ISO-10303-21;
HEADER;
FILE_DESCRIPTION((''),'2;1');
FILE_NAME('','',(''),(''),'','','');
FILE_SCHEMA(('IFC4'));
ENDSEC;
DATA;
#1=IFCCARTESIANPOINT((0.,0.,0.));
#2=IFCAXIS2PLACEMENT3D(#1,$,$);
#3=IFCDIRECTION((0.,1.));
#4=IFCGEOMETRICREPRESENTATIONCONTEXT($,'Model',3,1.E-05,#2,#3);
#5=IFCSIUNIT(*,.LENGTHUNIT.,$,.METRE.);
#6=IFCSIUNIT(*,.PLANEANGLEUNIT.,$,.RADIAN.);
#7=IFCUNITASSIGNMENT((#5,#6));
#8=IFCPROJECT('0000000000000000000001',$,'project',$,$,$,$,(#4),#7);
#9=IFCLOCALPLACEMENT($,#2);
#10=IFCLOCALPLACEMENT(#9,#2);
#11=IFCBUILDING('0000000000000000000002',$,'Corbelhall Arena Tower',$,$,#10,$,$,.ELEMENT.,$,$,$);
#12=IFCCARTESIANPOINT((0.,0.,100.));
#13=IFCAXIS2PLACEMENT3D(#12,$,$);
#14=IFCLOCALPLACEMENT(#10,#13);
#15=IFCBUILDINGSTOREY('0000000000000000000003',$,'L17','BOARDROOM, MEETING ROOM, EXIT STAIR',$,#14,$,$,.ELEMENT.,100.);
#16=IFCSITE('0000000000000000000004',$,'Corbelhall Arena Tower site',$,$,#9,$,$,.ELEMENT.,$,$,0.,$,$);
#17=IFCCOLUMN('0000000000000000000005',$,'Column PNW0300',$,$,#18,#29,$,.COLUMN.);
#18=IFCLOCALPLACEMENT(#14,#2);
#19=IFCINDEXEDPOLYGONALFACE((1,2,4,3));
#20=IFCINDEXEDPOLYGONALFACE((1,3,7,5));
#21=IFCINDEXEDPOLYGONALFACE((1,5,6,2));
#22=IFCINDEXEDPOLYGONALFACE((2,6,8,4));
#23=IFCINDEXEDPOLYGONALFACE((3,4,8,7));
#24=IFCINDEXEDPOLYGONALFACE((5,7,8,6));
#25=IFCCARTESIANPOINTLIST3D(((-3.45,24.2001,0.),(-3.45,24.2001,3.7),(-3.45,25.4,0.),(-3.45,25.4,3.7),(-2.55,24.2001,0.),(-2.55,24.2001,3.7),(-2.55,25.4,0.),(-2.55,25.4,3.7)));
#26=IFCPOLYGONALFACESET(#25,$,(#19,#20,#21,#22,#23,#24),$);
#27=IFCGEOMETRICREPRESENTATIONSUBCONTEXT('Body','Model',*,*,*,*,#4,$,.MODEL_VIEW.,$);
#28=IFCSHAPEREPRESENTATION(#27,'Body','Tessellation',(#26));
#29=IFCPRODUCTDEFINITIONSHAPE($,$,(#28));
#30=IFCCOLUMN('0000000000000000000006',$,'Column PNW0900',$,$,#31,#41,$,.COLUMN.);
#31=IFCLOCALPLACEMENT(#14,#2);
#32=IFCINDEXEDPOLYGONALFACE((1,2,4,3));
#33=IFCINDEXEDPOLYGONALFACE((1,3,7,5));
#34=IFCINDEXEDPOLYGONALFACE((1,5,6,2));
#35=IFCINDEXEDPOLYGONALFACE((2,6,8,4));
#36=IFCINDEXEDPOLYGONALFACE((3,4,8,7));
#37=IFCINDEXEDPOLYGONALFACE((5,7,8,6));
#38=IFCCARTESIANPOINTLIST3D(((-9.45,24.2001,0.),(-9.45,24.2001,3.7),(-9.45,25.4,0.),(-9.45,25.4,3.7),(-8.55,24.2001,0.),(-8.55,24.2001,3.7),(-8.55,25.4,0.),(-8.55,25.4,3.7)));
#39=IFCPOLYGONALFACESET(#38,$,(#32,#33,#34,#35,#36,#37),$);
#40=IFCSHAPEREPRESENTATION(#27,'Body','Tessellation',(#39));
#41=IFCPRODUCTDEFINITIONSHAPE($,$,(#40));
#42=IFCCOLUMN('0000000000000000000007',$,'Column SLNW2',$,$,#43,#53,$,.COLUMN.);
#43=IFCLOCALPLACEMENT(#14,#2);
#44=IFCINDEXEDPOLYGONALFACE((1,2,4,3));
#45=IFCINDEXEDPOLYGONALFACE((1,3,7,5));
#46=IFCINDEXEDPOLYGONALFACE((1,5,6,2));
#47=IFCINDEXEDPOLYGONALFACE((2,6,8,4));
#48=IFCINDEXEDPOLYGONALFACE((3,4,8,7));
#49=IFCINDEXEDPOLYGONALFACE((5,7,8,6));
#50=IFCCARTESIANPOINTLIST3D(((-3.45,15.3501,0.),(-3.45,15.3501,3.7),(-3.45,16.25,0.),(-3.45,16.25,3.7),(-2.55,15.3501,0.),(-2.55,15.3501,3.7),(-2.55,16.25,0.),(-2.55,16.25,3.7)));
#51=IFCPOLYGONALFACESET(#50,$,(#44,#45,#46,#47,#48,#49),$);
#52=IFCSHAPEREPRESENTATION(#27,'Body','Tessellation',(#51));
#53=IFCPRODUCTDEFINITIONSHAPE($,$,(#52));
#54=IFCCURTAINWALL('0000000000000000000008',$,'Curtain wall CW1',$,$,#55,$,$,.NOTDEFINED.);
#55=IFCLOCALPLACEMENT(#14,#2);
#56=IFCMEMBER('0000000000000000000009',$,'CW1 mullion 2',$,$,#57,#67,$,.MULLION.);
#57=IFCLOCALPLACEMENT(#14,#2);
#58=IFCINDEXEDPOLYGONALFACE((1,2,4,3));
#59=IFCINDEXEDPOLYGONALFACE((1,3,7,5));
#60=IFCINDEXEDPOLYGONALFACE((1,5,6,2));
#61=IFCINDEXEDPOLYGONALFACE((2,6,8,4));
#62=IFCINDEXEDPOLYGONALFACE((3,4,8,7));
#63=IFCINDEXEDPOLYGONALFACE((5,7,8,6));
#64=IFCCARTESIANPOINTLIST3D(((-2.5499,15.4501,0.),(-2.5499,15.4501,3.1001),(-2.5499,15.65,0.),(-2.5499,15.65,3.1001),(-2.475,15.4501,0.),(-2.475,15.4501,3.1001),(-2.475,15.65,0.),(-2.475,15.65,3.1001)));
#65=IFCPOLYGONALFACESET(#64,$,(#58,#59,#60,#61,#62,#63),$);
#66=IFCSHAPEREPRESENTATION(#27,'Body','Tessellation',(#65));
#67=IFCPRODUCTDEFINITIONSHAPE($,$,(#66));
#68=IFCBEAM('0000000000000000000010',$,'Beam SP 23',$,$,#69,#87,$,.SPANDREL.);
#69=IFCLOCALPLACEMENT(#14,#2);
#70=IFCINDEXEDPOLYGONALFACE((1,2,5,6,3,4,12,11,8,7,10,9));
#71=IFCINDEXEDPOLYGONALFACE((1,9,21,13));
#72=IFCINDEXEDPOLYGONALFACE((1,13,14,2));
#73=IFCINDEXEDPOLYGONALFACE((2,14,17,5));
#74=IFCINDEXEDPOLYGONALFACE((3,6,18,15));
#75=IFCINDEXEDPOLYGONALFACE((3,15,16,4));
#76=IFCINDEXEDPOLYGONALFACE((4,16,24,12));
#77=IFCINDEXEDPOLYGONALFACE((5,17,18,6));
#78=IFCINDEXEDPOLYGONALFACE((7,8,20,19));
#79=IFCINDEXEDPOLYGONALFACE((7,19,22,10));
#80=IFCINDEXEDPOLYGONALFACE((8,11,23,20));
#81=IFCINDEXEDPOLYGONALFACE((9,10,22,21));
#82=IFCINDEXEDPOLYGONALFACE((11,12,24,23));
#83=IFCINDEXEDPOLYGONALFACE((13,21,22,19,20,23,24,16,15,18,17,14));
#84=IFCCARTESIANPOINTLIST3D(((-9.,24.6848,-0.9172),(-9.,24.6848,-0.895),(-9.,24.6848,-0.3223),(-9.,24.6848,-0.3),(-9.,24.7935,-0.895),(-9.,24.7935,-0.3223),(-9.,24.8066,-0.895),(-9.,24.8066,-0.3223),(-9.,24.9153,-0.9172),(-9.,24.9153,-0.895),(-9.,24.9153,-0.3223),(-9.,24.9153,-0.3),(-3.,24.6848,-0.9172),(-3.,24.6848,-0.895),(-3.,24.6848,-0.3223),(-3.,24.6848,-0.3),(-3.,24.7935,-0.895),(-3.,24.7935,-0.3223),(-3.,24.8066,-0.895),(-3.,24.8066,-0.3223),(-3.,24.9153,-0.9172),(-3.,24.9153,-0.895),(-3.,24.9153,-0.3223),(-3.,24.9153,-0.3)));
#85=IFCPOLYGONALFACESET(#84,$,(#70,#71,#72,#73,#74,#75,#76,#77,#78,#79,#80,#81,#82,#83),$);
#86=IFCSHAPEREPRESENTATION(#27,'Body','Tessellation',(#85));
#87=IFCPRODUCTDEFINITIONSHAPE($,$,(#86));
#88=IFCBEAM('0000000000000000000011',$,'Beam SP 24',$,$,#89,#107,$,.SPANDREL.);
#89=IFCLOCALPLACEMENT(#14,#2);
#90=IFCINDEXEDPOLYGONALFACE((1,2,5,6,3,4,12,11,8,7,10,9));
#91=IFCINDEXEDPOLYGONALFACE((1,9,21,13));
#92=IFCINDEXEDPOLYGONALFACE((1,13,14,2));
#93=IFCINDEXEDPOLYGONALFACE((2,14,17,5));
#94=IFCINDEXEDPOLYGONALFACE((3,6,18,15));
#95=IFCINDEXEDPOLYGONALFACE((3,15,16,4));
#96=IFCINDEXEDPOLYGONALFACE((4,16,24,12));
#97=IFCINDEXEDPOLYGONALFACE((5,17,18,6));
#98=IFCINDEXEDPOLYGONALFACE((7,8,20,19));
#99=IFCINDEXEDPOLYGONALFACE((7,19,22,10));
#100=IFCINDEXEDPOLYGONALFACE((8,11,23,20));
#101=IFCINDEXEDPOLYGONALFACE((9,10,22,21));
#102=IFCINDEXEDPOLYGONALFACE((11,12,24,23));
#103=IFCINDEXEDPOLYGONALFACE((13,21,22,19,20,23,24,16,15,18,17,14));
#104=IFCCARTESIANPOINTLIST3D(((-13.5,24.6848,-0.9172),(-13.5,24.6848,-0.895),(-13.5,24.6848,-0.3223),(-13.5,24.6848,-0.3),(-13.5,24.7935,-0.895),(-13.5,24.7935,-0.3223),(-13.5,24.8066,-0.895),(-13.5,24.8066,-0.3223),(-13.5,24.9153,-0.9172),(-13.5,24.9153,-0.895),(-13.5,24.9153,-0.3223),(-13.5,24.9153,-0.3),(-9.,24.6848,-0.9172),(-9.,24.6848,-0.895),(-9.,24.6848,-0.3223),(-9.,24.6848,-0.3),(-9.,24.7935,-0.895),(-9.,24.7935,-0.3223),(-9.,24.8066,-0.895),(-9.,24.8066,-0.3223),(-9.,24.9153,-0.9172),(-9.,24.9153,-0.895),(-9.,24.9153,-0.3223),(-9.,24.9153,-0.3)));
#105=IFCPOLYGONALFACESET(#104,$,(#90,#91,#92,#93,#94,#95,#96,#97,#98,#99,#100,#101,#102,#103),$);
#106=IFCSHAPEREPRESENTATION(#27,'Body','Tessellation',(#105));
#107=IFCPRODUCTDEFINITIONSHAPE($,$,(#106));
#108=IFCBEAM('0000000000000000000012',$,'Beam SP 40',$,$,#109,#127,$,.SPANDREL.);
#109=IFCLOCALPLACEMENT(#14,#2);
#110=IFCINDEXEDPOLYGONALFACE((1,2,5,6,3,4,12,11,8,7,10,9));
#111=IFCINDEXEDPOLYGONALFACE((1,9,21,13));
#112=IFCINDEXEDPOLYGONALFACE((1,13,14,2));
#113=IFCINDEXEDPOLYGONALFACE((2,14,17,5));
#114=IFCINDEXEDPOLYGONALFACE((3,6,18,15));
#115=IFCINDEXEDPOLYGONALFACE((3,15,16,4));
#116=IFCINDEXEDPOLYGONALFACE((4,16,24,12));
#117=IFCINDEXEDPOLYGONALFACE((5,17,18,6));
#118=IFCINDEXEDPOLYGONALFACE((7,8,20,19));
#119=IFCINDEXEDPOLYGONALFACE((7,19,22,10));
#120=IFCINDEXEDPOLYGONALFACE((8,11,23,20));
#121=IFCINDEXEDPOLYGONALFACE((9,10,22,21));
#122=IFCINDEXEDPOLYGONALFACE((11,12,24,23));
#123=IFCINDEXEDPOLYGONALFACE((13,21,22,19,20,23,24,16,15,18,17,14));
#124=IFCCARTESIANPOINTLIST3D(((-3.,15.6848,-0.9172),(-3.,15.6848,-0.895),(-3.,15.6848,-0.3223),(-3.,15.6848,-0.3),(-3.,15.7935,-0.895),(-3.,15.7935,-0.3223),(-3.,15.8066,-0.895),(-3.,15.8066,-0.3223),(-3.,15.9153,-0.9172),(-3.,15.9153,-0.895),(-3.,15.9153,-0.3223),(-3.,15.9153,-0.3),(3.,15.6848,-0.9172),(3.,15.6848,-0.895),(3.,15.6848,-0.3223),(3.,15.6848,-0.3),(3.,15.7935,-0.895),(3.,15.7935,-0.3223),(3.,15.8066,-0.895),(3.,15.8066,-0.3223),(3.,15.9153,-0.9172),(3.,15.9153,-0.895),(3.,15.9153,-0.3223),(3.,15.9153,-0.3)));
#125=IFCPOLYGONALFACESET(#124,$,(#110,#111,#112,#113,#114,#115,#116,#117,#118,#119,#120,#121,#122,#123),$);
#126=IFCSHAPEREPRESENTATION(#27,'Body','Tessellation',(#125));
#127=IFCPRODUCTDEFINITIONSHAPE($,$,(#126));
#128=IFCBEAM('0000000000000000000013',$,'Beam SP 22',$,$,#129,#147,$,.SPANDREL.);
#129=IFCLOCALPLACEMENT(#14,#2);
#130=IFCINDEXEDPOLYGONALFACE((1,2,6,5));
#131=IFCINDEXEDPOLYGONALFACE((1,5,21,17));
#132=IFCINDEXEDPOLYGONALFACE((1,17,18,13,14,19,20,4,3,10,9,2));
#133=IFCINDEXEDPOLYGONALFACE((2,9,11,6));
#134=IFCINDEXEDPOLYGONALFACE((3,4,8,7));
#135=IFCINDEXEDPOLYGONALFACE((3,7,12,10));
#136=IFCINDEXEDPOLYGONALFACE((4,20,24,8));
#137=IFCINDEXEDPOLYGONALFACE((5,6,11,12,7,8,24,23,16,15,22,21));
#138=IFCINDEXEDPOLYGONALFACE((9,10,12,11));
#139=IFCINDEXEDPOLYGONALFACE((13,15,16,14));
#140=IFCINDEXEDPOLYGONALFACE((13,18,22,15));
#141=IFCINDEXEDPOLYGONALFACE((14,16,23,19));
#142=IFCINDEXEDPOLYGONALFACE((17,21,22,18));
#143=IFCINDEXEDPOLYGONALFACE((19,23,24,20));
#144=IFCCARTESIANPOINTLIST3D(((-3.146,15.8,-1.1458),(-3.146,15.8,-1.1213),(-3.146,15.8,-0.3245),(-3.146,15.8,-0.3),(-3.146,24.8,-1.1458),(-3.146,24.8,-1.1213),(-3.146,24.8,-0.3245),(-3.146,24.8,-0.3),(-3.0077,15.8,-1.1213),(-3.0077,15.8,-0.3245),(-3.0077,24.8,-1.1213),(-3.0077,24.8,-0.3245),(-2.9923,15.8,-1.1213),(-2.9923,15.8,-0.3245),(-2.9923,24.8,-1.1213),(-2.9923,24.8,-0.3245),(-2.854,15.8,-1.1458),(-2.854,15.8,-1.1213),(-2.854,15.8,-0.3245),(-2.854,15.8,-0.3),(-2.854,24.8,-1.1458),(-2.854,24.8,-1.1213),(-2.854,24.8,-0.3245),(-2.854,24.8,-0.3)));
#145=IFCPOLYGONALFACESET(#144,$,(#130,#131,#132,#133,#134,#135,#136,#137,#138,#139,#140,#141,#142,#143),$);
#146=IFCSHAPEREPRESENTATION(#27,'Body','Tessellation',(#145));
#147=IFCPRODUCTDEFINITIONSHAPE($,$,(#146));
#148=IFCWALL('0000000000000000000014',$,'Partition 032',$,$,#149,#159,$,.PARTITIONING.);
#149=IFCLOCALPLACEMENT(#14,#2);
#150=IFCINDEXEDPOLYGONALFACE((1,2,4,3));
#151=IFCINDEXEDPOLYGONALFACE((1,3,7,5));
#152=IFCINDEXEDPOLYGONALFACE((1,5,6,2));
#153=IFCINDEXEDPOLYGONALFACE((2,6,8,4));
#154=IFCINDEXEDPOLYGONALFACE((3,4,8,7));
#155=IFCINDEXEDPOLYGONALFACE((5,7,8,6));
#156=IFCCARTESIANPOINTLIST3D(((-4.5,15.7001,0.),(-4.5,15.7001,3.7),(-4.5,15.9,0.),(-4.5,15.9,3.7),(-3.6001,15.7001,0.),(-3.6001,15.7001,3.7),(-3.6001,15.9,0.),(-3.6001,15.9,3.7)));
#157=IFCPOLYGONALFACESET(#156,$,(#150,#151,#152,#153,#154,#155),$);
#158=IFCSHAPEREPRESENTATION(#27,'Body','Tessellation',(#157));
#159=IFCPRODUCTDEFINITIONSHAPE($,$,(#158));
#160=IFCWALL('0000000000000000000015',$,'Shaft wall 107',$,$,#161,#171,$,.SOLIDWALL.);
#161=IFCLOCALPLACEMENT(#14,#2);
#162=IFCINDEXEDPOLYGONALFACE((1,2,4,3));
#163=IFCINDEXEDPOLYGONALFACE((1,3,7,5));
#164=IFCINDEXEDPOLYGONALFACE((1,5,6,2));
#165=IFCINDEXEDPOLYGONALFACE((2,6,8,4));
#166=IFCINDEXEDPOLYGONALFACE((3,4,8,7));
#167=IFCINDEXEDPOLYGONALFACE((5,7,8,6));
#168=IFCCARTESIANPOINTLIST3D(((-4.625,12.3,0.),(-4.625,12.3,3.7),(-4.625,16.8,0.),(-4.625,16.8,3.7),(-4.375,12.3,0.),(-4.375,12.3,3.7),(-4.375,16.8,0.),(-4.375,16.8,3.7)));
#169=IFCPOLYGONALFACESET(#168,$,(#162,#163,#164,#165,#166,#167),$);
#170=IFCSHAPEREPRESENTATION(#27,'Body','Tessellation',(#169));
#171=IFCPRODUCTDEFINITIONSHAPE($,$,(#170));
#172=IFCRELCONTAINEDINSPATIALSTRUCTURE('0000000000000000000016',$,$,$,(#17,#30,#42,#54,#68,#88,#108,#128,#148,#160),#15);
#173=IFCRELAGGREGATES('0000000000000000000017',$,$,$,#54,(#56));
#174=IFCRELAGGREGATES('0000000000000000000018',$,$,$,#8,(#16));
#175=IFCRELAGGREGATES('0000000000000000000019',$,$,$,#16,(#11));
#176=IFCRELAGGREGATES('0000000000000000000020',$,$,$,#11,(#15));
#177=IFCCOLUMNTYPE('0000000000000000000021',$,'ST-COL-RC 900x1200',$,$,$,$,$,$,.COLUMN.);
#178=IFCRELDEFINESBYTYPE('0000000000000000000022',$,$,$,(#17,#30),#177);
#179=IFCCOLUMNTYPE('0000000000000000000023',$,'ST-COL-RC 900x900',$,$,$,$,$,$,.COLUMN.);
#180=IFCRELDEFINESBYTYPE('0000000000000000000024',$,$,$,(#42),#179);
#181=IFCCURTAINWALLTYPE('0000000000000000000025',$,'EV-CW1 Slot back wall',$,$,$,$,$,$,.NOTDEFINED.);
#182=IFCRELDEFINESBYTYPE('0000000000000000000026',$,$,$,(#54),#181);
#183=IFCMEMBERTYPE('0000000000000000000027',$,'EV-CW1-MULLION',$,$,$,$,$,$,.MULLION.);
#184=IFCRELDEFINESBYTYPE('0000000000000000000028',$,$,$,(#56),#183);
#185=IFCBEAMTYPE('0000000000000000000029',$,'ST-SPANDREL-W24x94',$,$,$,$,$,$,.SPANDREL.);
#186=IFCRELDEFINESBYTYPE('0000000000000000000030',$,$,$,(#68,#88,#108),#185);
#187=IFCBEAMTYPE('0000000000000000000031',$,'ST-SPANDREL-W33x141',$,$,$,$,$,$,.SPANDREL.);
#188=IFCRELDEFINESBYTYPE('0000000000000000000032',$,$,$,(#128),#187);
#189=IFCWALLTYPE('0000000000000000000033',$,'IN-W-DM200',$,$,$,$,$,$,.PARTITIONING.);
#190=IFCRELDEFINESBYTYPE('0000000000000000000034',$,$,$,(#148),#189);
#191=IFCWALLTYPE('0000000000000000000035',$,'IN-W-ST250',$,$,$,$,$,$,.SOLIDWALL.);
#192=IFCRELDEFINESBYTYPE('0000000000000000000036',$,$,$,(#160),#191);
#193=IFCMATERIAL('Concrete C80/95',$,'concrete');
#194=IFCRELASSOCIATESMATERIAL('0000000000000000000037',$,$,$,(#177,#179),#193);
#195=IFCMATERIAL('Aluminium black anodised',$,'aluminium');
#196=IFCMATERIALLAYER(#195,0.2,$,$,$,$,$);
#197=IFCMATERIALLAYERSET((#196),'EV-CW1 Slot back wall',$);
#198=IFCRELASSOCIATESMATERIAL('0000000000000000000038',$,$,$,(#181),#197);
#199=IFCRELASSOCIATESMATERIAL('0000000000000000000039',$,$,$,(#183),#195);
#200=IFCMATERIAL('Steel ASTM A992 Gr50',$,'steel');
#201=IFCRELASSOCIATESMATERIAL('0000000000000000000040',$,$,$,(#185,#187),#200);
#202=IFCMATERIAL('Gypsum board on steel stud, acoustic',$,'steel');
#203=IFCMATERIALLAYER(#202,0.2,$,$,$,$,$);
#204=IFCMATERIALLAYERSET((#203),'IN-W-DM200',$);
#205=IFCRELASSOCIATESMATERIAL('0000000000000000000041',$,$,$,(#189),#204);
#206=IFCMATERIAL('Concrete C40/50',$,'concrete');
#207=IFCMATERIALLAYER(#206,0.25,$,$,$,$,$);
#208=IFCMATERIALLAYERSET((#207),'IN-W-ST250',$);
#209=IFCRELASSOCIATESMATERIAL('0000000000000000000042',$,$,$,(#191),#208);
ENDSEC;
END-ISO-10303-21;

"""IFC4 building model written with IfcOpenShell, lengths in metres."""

from ifc_helpers import new_model, si_unit, direction, frame, frame_2d, origin, origin_2d, place, context, subcontext, project, spatial, rectangle, i_section, extrude, material, layer, layer_set, material_profile, profile_set, type_object, element, aggregate, save


model = new_model("IFC4")

# Units and contexts
model_context = context("Model", 3, precision=1e-05, world=origin(), true_north=direction((0.0, 1.0)))
body_context = subcontext(model_context, "Body", "Model", "MODEL_VIEW")
ifc_project = project(units=[si_unit("LENGTHUNIT", "METRE"), si_unit("PLANEANGLEUNIT", "RADIAN")], contexts=[model_context])

# Site, building, storey
site_placement = place(None, origin())
site = spatial("IfcSite", under=ifc_project, at=site_placement, Name="Corbelhall Arena Tower site", CompositionType="ELEMENT", RefElevation=0.0)
building_placement = place(site_placement, origin())
building = spatial("IfcBuilding", under=site, at=building_placement, Name="Corbelhall Arena Tower", CompositionType="ELEMENT")
storey_placement = place(building_placement, frame((0.0, 0.0, 100.0)))
storey = spatial("IfcBuildingStorey", under=building, at=storey_placement, Name="L17", Description="BOARDROOM, MEETING ROOM, EXIT STAIR", CompositionType="ELEMENT", Elevation=100.0)

# Columns
ifc_material_1 = material(Name="Concrete C80/95", Category="concrete")
ifc_material_profile_1 = material_profile(ifc_material_1, rectangle(XDim=0.8999, YDim=1.2, at=origin_2d()))
ifc_profile_set_1 = profile_set([ifc_material_profile_1], Name="Concrete C80/95")
column_type_1 = type_object("IfcColumnType", Name="ST-COL-RC 900x1200", PredefinedType="COLUMN", material=ifc_profile_set_1)
for number, where, z_axis, x_axis, name in (
    (1, (-3.0, 24.8, 0.0), (0.0, 0.0, 1.0), (1.0, 0.0, 0.0), "Column PNW0300"),
    (2, (-9.0, 24.8, 0.0), (0.0, 0.0, 1.0), (1.0, 0.0, 0.0), "Column PNW0900"),
):
    element("IfcColumn", number, at=place(storey_placement, frame(where, z_axis=z_axis, x_axis=x_axis)), inside=storey, type_object=column_type_1, Name=name, PredefinedType="COLUMN", context=body_context, shape_type="SweptSolid", body=[
        extrude(rectangle(XDim=0.8999, YDim=1.2, at=origin_2d()), origin(), (0.0, 0.0, 1.0), 3.7),
    ])
ifc_material_profile_2 = material_profile(ifc_material_1, rectangle(XDim=0.8999, YDim=0.8999, at=origin_2d()))
ifc_profile_set_2 = profile_set([ifc_material_profile_2], Name="Concrete C80/95")
column_type_2 = type_object("IfcColumnType", Name="ST-COL-RC 900x900", PredefinedType="COLUMN", material=ifc_profile_set_2)
column_placement = place(storey_placement, frame((-3.0, 15.8, 0.0), z_axis=(0.0, 0.0, 1.0), x_axis=(1.0, 0.0, 0.0)))
element("IfcColumn", 3, at=column_placement, inside=storey, type_object=column_type_2, Name="Column SLNW2", PredefinedType="COLUMN", context=body_context, shape_type="SweptSolid", body=[
    extrude(rectangle(XDim=0.8999, YDim=0.8999, at=origin_2d()), origin(), (0.0, 0.0, 1.0), 3.7),
])

# Curtain wall, member
ifc_material_2 = material(Name="Aluminium black anodised", Category="aluminium")
ifc_layer_1 = layer(ifc_material_2, 0.2)
ifc_layer_set_1 = layer_set([ifc_layer_1], Name="EV-CW1 Slot back wall")
curtain_wall_type = type_object("IfcCurtainWallType", Name="EV-CW1 Slot back wall", PredefinedType="NOTDEFINED", material=ifc_layer_set_1)
curtain_wall_placement = place(storey_placement, origin())
curtain_wall = element("IfcCurtainWall", 4, at=curtain_wall_placement, inside=storey, type_object=curtain_wall_type, Name="Curtain wall CW1", PredefinedType="NOTDEFINED")
ifc_material_profile_3 = material_profile(ifc_material_2, rectangle(XDim=0.2, YDim=0.075, at=origin_2d()))
ifc_profile_set_3 = profile_set([ifc_material_profile_3], Name="Aluminium black anodised")
member_type = type_object("IfcMemberType", Name="EV-CW1-MULLION", PredefinedType="MULLION", material=ifc_profile_set_3)
member_placement = place(storey_placement, frame((-2.5125, 15.55, 0.0), z_axis=(0.0, 0.0, 1.0), x_axis=(0.0, -1.0, 0.0)))
member = element("IfcMember", 5, at=member_placement, type_object=member_type, Name="CW1 mullion 2", PredefinedType="MULLION", context=body_context, shape_type="SweptSolid", body=[
    extrude(rectangle(XDim=0.2, YDim=0.075, at=origin_2d()), origin(), (0.0, 0.0, 1.0), 3.1001),
])
aggregate(curtain_wall, [member])

# Beams
ifc_material_3 = material(Name="Steel ASTM A992 Gr50", Category="steel")
ifc_material_profile_4 = material_profile(ifc_material_3, i_section(OverallWidth=0.2305, OverallDepth=0.6172, WebThickness=0.0132, FlangeThickness=0.0222, at=origin_2d()))
ifc_profile_set_4 = profile_set([ifc_material_profile_4], Name="Steel ASTM A992 Gr50")
beam_type_1 = type_object("IfcBeamType", Name="ST-SPANDREL-W24x94", PredefinedType="SPANDREL", material=ifc_profile_set_4)
beam_1_placement = place(storey_placement, frame((-9.0, 24.8, -0.6086), z_axis=(1.0, 0.0, 0.0), x_axis=(0.0, 1.0, 0.0)))
element("IfcBeam", 6, at=beam_1_placement, inside=storey, type_object=beam_type_1, Name="Beam SP 23", PredefinedType="SPANDREL", context=body_context, shape_type="SweptSolid", body=[
    extrude(i_section(OverallWidth=0.2305, OverallDepth=0.6172, WebThickness=0.0132, FlangeThickness=0.0222, at=origin_2d()), origin(), (0.0, 0.0, 1.0), 6.0),
])
beam_2_placement = place(storey_placement, frame((-13.5, 24.8, -0.6086), z_axis=(1.0, 0.0, 0.0), x_axis=(0.0, 1.0, 0.0)))
element("IfcBeam", 7, at=beam_2_placement, inside=storey, type_object=beam_type_1, Name="Beam SP 24", PredefinedType="SPANDREL", context=body_context, shape_type="SweptSolid", body=[
    extrude(i_section(OverallWidth=0.2305, OverallDepth=0.6172, WebThickness=0.0132, FlangeThickness=0.0222, at=origin_2d()), origin(), (0.0, 0.0, 1.0), 4.5),
])
beam_3_placement = place(storey_placement, frame((-3.0, 15.8, -0.6086), z_axis=(1.0, 0.0, 0.0), x_axis=(0.0, 1.0, 0.0)))
element("IfcBeam", 8, at=beam_3_placement, inside=storey, type_object=beam_type_1, Name="Beam SP 40", PredefinedType="SPANDREL", context=body_context, shape_type="SweptSolid", body=[
    extrude(i_section(OverallWidth=0.2305, OverallDepth=0.6172, WebThickness=0.0132, FlangeThickness=0.0222, at=origin_2d()), origin(), (0.0, 0.0, 1.0), 6.0),
])
ifc_material_profile_5 = material_profile(ifc_material_3, i_section(OverallWidth=0.292, OverallDepth=0.8457, WebThickness=0.0154, FlangeThickness=0.0244, at=origin_2d()))
ifc_profile_set_5 = profile_set([ifc_material_profile_5], Name="Steel ASTM A992 Gr50")
beam_type_2 = type_object("IfcBeamType", Name="ST-SPANDREL-W33x141", PredefinedType="SPANDREL", material=ifc_profile_set_5)
beam_4_placement = place(storey_placement, frame((-3.0, 24.8, -0.7229), z_axis=(0.0, -1.0, 0.0), x_axis=(1.0, 0.0, 0.0)))
element("IfcBeam", 9, at=beam_4_placement, inside=storey, type_object=beam_type_2, Name="Beam SP 22", PredefinedType="SPANDREL", context=body_context, shape_type="SweptSolid", body=[
    extrude(i_section(OverallWidth=0.292, OverallDepth=0.8457, WebThickness=0.0154, FlangeThickness=0.0244, at=origin_2d()), origin(), (0.0, 0.0, 1.0), 9.0),
])

# Walls
ifc_material_4 = material(Name="Gypsum board on steel stud, acoustic", Category="steel")
ifc_layer_2 = layer(ifc_material_4, 0.2)
ifc_layer_set_2 = layer_set([ifc_layer_2], Name="IN-W-DM200")
wall_type_1 = type_object("IfcWallType", Name="IN-W-DM200", PredefinedType="PARTITIONING", material=ifc_layer_set_2)
wall_1_placement = place(storey_placement, frame((-4.5, 15.8, 0.0), z_axis=(0.0, 0.0, 1.0), x_axis=(1.0, 0.0, 0.0)))
element("IfcWall", 10, at=wall_1_placement, inside=storey, type_object=wall_type_1, Name="Partition 032", PredefinedType="PARTITIONING", context=body_context, shape_type="SweptSolid", body=[
    extrude(rectangle(XDim=0.8999, YDim=0.2, at=frame_2d((0.45, 0.0))), origin(), (0.0, 0.0, 1.0), 3.7),
])
ifc_material_5 = material(Name="Concrete C40/50", Category="concrete")
ifc_layer_3 = layer(ifc_material_5, 0.25)
ifc_layer_set_3 = layer_set([ifc_layer_3], Name="IN-W-ST250")
wall_type_2 = type_object("IfcWallType", Name="IN-W-ST250", PredefinedType="SOLIDWALL", material=ifc_layer_set_3)
wall_2_placement = place(storey_placement, frame((-4.5, 16.8, 0.0), z_axis=(0.0, 0.0, 1.0), x_axis=(0.0, -1.0, 0.0)))
element("IfcWall", 11, at=wall_2_placement, inside=storey, type_object=wall_type_2, Name="Shaft wall 107", PredefinedType="SOLIDWALL", context=body_context, shape_type="SweptSolid", body=[
    extrude(rectangle(XDim=4.5, YDim=0.25, at=frame_2d((2.25, 0.0))), origin(), (0.0, 0.0, 1.0), 3.7),
])

save(model, "model.ifc")
